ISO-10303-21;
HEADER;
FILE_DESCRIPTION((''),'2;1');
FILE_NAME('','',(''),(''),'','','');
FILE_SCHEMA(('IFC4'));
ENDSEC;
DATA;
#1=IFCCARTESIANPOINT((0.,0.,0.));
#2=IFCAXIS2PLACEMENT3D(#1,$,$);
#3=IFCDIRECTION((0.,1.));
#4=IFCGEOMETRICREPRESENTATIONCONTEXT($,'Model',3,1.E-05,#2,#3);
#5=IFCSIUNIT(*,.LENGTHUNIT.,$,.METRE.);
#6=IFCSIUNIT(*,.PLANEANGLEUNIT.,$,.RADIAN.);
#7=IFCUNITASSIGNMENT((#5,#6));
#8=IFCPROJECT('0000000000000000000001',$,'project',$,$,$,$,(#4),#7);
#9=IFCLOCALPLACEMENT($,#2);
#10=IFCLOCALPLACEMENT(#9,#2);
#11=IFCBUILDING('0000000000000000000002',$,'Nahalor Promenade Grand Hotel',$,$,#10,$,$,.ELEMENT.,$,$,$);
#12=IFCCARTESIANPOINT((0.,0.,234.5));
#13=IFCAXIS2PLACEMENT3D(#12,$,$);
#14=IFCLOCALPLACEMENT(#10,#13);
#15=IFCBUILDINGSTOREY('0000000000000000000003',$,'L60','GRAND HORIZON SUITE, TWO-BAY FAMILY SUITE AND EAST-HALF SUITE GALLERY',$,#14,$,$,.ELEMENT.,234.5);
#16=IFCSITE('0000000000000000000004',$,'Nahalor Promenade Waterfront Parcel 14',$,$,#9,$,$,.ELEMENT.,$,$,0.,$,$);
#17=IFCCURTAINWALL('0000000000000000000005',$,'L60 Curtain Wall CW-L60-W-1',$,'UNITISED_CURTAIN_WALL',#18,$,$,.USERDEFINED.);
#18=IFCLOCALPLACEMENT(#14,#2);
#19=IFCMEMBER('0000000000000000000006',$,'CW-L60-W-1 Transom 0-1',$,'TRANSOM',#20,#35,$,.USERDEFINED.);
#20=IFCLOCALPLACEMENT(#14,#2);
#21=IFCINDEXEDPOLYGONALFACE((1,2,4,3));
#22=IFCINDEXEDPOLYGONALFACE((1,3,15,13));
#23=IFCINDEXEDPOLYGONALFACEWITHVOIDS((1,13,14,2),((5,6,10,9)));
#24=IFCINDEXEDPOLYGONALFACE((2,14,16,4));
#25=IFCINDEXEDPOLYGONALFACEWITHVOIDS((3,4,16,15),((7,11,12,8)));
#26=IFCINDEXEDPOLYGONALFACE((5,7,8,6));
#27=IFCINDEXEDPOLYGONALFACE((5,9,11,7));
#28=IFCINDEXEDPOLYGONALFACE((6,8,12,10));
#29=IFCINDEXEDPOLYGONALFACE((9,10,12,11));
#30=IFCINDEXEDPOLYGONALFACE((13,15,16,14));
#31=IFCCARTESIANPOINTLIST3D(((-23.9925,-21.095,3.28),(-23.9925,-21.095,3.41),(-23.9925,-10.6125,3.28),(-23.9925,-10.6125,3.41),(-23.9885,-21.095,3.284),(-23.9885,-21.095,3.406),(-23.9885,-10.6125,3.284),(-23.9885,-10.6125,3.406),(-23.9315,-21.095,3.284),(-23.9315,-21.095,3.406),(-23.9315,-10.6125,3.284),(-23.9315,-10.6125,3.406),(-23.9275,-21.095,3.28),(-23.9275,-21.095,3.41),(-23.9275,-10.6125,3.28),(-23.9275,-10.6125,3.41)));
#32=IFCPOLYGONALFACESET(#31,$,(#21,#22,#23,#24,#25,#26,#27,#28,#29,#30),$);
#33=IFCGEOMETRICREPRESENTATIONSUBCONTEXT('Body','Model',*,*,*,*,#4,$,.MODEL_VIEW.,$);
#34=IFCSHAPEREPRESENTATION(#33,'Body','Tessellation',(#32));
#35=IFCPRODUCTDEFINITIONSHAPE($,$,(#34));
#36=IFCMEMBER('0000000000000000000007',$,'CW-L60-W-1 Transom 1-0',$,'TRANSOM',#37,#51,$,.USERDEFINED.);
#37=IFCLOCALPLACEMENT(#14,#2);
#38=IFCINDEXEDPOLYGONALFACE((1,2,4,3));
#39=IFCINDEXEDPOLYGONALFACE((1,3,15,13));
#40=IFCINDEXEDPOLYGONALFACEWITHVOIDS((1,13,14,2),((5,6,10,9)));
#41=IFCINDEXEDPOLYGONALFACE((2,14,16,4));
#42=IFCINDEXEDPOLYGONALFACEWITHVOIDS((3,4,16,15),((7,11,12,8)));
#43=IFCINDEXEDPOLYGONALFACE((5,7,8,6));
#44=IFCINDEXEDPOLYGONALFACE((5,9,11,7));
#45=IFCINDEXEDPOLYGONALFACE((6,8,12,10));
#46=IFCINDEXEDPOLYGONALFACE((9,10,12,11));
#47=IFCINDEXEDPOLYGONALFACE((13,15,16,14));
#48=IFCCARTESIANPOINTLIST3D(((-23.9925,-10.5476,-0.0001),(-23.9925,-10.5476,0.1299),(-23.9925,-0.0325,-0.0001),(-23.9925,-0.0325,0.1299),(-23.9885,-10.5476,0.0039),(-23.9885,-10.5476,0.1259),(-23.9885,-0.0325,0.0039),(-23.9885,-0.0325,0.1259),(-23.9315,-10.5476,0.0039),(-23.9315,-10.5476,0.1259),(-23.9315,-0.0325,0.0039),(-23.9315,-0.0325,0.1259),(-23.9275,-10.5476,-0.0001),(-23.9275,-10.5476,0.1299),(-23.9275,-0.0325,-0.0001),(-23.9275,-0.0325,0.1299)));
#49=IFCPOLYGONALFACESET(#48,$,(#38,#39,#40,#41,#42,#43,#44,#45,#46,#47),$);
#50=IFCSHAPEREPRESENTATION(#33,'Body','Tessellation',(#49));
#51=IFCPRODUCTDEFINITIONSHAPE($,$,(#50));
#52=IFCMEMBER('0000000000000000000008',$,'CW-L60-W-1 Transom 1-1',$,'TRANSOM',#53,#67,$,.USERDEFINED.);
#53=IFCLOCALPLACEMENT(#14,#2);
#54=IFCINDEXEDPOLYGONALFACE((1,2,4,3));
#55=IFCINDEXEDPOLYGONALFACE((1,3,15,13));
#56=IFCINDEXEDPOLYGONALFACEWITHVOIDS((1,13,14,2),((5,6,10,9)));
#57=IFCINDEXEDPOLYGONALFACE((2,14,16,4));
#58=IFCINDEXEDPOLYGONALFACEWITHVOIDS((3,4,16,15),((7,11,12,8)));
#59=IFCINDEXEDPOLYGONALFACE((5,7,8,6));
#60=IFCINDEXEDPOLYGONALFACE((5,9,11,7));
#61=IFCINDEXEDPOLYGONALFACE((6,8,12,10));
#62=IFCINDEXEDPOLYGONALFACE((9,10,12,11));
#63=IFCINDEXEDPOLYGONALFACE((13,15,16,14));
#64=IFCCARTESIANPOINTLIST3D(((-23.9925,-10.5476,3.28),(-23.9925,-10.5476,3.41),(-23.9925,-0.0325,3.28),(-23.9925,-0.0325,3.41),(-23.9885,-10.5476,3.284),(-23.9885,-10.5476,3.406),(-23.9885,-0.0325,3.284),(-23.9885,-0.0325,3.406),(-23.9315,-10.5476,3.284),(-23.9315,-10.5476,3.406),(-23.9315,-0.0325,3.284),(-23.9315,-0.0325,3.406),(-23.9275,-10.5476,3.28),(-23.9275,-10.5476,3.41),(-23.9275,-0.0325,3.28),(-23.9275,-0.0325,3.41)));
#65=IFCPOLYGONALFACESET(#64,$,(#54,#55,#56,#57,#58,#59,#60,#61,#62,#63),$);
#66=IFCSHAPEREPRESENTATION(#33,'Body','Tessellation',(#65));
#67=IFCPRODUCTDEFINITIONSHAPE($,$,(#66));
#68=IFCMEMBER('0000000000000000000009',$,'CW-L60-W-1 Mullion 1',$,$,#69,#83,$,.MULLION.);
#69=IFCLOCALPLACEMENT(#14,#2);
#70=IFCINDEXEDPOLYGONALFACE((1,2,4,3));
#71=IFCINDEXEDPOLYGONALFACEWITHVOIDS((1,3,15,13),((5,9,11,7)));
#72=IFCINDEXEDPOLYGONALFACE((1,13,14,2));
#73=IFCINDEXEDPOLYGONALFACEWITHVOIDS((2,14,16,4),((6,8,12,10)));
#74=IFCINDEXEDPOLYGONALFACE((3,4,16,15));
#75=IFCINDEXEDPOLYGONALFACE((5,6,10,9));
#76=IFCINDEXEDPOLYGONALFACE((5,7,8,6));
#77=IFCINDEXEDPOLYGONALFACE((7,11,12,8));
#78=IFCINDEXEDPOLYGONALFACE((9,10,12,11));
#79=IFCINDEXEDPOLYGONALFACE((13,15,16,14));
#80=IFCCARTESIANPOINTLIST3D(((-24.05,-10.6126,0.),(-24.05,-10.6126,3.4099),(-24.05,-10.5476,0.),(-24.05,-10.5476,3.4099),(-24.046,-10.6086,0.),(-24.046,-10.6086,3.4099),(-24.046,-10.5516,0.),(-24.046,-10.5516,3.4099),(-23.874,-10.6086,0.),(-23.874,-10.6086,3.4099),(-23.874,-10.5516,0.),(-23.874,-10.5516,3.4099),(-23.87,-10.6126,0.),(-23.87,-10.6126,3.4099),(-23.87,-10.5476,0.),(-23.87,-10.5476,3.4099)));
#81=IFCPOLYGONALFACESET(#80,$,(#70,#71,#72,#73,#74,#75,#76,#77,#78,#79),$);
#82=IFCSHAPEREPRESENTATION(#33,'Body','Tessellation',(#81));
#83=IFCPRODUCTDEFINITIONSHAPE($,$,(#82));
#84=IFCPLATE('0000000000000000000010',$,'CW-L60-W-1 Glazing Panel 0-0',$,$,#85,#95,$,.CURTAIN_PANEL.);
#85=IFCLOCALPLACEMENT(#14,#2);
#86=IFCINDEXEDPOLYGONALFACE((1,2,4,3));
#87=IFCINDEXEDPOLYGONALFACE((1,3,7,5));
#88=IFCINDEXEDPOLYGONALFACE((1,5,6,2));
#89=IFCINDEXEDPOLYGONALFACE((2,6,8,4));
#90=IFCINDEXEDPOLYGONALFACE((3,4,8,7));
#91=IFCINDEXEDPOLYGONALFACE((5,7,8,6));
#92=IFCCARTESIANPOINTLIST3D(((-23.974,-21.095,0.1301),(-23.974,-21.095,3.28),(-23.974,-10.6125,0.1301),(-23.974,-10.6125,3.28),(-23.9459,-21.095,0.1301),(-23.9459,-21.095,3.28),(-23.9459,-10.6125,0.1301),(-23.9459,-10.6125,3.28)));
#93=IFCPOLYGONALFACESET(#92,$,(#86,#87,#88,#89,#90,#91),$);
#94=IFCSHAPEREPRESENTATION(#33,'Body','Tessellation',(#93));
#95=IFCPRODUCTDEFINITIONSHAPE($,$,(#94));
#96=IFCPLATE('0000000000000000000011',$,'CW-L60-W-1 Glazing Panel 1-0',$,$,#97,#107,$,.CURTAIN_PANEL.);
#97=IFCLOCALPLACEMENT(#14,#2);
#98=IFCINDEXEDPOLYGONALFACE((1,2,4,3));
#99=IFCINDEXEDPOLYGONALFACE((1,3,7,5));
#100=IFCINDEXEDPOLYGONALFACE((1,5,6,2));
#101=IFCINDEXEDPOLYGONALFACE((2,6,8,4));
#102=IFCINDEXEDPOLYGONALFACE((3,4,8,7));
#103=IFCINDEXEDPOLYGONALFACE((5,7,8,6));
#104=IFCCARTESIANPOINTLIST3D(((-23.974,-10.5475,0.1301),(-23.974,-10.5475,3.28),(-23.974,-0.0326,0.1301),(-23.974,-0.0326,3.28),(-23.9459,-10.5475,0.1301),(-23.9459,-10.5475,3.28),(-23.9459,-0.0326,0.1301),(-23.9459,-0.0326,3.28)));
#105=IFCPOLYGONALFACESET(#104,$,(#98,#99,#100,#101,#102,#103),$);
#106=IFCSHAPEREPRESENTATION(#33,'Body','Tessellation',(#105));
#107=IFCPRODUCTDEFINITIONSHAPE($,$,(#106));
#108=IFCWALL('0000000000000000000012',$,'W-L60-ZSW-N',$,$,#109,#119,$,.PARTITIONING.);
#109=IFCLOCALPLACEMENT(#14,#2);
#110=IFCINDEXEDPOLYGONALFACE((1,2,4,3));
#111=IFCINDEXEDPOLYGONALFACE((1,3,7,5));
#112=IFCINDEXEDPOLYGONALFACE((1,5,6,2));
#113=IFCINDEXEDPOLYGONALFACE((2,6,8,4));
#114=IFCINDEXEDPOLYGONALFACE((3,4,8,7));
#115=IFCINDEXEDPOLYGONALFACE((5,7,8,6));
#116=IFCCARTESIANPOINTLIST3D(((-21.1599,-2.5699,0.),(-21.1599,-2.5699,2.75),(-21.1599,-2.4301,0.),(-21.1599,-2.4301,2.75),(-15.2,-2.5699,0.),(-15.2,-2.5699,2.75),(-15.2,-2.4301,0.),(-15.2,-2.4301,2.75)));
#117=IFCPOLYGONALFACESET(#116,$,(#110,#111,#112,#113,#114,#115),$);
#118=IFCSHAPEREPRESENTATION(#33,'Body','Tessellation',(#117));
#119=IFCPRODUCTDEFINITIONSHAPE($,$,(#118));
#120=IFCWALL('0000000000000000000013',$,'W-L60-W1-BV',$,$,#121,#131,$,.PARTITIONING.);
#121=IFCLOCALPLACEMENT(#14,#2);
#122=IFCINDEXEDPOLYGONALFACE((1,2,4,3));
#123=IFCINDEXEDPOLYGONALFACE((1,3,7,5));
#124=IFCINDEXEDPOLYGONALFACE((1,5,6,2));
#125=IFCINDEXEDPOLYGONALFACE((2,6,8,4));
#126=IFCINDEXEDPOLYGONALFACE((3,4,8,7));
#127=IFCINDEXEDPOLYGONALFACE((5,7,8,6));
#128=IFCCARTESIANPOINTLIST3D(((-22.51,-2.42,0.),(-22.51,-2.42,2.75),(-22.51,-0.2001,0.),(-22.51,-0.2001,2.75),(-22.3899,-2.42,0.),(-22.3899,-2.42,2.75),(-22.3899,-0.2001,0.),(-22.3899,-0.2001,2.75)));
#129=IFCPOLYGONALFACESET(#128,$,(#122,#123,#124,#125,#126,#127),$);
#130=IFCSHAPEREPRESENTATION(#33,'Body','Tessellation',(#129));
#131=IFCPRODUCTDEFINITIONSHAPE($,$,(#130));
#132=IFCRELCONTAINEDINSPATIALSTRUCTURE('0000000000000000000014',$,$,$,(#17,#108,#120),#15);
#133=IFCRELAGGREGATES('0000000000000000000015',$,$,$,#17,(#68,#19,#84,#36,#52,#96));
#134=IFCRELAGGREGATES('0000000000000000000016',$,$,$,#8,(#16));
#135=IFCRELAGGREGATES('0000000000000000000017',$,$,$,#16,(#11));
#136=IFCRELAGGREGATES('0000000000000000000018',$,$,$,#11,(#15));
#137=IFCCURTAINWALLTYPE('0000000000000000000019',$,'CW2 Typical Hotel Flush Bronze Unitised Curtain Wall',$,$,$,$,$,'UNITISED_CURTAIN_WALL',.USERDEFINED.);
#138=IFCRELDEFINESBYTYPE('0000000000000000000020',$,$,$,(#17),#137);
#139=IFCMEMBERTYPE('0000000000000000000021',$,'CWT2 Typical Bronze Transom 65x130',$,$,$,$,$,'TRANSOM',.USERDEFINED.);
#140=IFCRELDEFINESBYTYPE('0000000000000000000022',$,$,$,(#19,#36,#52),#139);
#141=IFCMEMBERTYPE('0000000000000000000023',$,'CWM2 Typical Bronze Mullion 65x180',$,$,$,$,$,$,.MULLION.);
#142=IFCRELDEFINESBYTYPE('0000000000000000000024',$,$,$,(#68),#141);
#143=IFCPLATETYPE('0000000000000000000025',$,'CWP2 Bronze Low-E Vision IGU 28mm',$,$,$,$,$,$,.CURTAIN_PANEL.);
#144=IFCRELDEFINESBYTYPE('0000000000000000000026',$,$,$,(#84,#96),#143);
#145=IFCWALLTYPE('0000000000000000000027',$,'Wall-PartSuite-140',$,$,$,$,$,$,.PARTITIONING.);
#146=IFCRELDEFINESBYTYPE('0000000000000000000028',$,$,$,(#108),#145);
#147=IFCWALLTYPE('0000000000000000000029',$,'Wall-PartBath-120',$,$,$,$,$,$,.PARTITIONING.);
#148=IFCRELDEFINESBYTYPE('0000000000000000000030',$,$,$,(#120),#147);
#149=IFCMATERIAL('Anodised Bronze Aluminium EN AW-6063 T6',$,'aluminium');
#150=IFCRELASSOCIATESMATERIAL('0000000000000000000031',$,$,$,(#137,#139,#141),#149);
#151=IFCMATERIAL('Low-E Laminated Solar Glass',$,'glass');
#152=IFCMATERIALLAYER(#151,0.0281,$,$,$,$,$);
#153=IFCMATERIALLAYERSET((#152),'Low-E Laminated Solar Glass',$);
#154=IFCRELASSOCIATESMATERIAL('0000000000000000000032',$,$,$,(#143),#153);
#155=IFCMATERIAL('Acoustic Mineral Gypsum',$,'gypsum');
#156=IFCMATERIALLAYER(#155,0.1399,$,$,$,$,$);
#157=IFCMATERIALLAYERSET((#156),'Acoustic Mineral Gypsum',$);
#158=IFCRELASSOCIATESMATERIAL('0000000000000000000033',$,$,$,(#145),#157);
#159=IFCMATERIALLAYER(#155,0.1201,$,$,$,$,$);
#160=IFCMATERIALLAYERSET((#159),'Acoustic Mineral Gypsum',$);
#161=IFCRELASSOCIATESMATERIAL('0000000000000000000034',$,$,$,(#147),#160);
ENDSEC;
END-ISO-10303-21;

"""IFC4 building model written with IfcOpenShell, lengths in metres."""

from ifc_helpers import new_model, si_unit, direction, frame, frame_2d, origin, origin_2d, place, context, subcontext, project, spatial, rectangle, hollow_rectangle, extrude, source, transform, mapped, material, layer, layer_set, material_profile, profile_set, type_object, element, aggregate, save


model = new_model("IFC4")

# Units and contexts
model_context = context("Model", 3, precision=1e-05, world=origin(), true_north=direction((0.0, 1.0)))
body_context = subcontext(model_context, "Body", "Model", "MODEL_VIEW")
ifc_project = project(units=[si_unit("LENGTHUNIT", "METRE"), si_unit("PLANEANGLEUNIT", "RADIAN")], contexts=[model_context])

# Site, building, storey
site_placement = place(None, origin())
site = spatial("IfcSite", under=ifc_project, at=site_placement, Name="Nahalor Promenade Waterfront Parcel 14", CompositionType="ELEMENT", RefElevation=0.0)
building_placement = place(site_placement, origin())
building = spatial("IfcBuilding", under=site, at=building_placement, Name="Nahalor Promenade Grand Hotel", CompositionType="ELEMENT")
storey_placement = place(building_placement, frame((0.0, 0.0, 234.5)))
storey = spatial("IfcBuildingStorey", under=building, at=storey_placement, Name="L60", Description="GRAND HORIZON SUITE, TWO-BAY FAMILY SUITE AND EAST-HALF SUITE GALLERY", CompositionType="ELEMENT", Elevation=234.5)

# Curtain wall, members, plates
ifc_material_1 = material(Name="Anodised Bronze Aluminium EN AW-6063 T6", Category="aluminium")
curtain_wall_type = type_object("IfcCurtainWallType", Name="CW2 Typical Hotel Flush Bronze Unitised Curtain Wall", ElementType="UNITISED_CURTAIN_WALL", PredefinedType="USERDEFINED", material=ifc_material_1)
curtain_wall_placement = place(storey_placement, origin())
curtain_wall = element("IfcCurtainWall", 1, at=curtain_wall_placement, inside=storey, type_object=curtain_wall_type, Name="L60 Curtain Wall CW-L60-W-1", ObjectType="UNITISED_CURTAIN_WALL", PredefinedType="USERDEFINED")
ifc_material_profile_1 = material_profile(ifc_material_1, hollow_rectangle(XDim=0.065, YDim=0.13, WallThickness=0.004, at=origin_2d()), Name="CWT 65x130x4")
ifc_profile_set_1 = profile_set([ifc_material_profile_1], Name="Anodised Bronze Aluminium EN AW-6063 T6")
member_type_1 = type_object("IfcMemberType", Name="CWT2 Typical Bronze Transom 65x130", ElementType="TRANSOM", PredefinedType="USERDEFINED", material=ifc_profile_set_1)
shared_shape_1 = source(origin(), body_context, "Body", "SweptSolid", [
    extrude(hollow_rectangle(XDim=0.065, YDim=0.13, WallThickness=0.004, at=origin_2d()), origin(), (0.0, 0.0, 1.0), 10.4824),
])
member_1_placement = place(storey_placement, frame((-23.96, -21.095, 3.345), z_axis=(0.0, 1.0, 0.0), x_axis=(-1.0, 0.0, 0.0)))
member_1 = element("IfcMember", 2, at=member_1_placement, type_object=member_type_1, Name="CW-L60-W-1 Transom 0-1", ObjectType="TRANSOM", PredefinedType="USERDEFINED", context=body_context, shape_type="MappedRepresentation", body=[
    mapped(shared_shape_1, transform((0.0, 0.0, 0.0), scale=1.0)),
])
shared_shape_2 = source(origin(), body_context, "Body", "SweptSolid", [
    extrude(hollow_rectangle(XDim=0.065, YDim=0.13, WallThickness=0.004, at=origin_2d()), origin(), (0.0, 0.0, 1.0), 10.5151),
])
member_2_placement = place(storey_placement, frame((-23.96, -10.5476, 0.0649), z_axis=(0.0, 1.0, 0.0), x_axis=(-1.0, 0.0, 0.0)))
member_2 = element("IfcMember", 3, at=member_2_placement, type_object=member_type_1, Name="CW-L60-W-1 Transom 1-0", ObjectType="TRANSOM", PredefinedType="USERDEFINED", context=body_context, shape_type="MappedRepresentation", body=[
    mapped(shared_shape_2, transform((0.0, 0.0, 0.0), scale=1.0)),
])
member_3_placement = place(storey_placement, frame((-23.96, -10.5476, 3.345), z_axis=(0.0, 1.0, 0.0), x_axis=(-1.0, 0.0, 0.0)))
member_3 = element("IfcMember", 4, at=member_3_placement, type_object=member_type_1, Name="CW-L60-W-1 Transom 1-1", ObjectType="TRANSOM", PredefinedType="USERDEFINED", context=body_context, shape_type="MappedRepresentation", body=[
    mapped(shared_shape_2, transform((0.0, 0.0, 0.0), scale=1.0)),
])
ifc_material_profile_2 = material_profile(ifc_material_1, hollow_rectangle(XDim=0.065, YDim=0.18, WallThickness=0.004, at=origin_2d()), Name="CWM 65x180x4")
ifc_profile_set_2 = profile_set([ifc_material_profile_2], Name="Anodised Bronze Aluminium EN AW-6063 T6")
member_type_2 = type_object("IfcMemberType", Name="CWM2 Typical Bronze Mullion 65x180", PredefinedType="MULLION", material=ifc_profile_set_2)
shared_shape_3 = source(origin(), body_context, "Body", "SweptSolid", [
    extrude(hollow_rectangle(XDim=0.065, YDim=0.18, WallThickness=0.004, at=origin_2d()), origin(), (0.0, 0.0, 1.0), 3.4099),
])
member_4_placement = place(storey_placement, frame((-23.96, -10.5801, 0.0), z_axis=(0.0, 0.0, 1.0), x_axis=(0.0, 1.0, 0.0)))
member_4 = element("IfcMember", 5, at=member_4_placement, type_object=member_type_2, Name="CW-L60-W-1 Mullion 1", PredefinedType="MULLION", context=body_context, shape_type="MappedRepresentation", body=[
    mapped(shared_shape_3, transform((0.0, 0.0, 0.0), scale=1.0)),
])
ifc_material_2 = material(Name="Low-E Laminated Solar Glass", Category="glass")
ifc_layer_1 = layer(ifc_material_2, 0.0281)
ifc_layer_set_1 = layer_set([ifc_layer_1], Name="Low-E Laminated Solar Glass")
plate_type = type_object("IfcPlateType", Name="CWP2 Bronze Low-E Vision IGU 28mm", PredefinedType="CURTAIN_PANEL", material=ifc_layer_set_1)
shared_shape_4 = source(origin(), body_context, "Body", "SweptSolid", [
    extrude(rectangle(XDim=10.4824, YDim=0.0281, at=origin_2d()), origin(), (0.0, 0.0, 1.0), 3.1499),
])
plate_1_placement = place(storey_placement, frame((-23.96, -15.8538, 0.1301), z_axis=(0.0, 0.0, 1.0), x_axis=(0.0, 1.0, 0.0)))
plate_1 = element("IfcPlate", 6, at=plate_1_placement, type_object=plate_type, Name="CW-L60-W-1 Glazing Panel 0-0", PredefinedType="CURTAIN_PANEL", context=body_context, shape_type="MappedRepresentation", body=[
    mapped(shared_shape_4, transform((0.0, 0.0, 0.0), scale=1.0)),
])
shared_shape_5 = source(origin(), body_context, "Body", "SweptSolid", [
    extrude(rectangle(XDim=10.5149, YDim=0.0281, at=origin_2d()), origin(), (0.0, 0.0, 1.0), 3.1499),
])
plate_2_placement = place(storey_placement, frame((-23.96, -5.29, 0.1301), z_axis=(0.0, 0.0, 1.0), x_axis=(0.0, 1.0, 0.0)))
plate_2 = element("IfcPlate", 7, at=plate_2_placement, type_object=plate_type, Name="CW-L60-W-1 Glazing Panel 1-0", PredefinedType="CURTAIN_PANEL", context=body_context, shape_type="MappedRepresentation", body=[
    mapped(shared_shape_5, transform((0.0, 0.0, 0.0), scale=1.0)),
])
aggregate(curtain_wall, [member_4, member_1, plate_1, member_2, member_3, plate_2])

# Walls
ifc_material_3 = material(Name="Acoustic Mineral Gypsum", Category="gypsum")
ifc_layer_2 = layer(ifc_material_3, 0.1399)
ifc_layer_set_2 = layer_set([ifc_layer_2], Name="Acoustic Mineral Gypsum")
wall_type_1 = type_object("IfcWallType", Name="Wall-PartSuite-140", PredefinedType="PARTITIONING", material=ifc_layer_set_2)
shared_shape_6 = source(origin(), body_context, "Body", "SweptSolid", [
    extrude(rectangle(XDim=5.96, YDim=0.1399, at=frame_2d((2.98, 0.0))), origin(), (0.0, 0.0, 1.0), 2.75),
])
wall_1_placement = place(storey_placement, frame((-21.1599, -2.5, 0.0), z_axis=(0.0, 0.0, 1.0), x_axis=(1.0, 0.0, 0.0)))
element("IfcWall", 8, at=wall_1_placement, inside=storey, type_object=wall_type_1, Name="W-L60-ZSW-N", PredefinedType="PARTITIONING", context=body_context, shape_type="MappedRepresentation", body=[
    mapped(shared_shape_6, transform((0.0, 0.0, 0.0), scale=1.0)),
])
ifc_layer_3 = layer(ifc_material_3, 0.1201)
ifc_layer_set_3 = layer_set([ifc_layer_3], Name="Acoustic Mineral Gypsum")
wall_type_2 = type_object("IfcWallType", Name="Wall-PartBath-120", PredefinedType="PARTITIONING", material=ifc_layer_set_3)
shared_shape_7 = source(origin(), body_context, "Body", "SweptSolid", [
    extrude(rectangle(XDim=2.22, YDim=0.1201, at=frame_2d((1.1099, 0.0))), origin(), (0.0, 0.0, 1.0), 2.75),
])
wall_2_placement = place(storey_placement, frame((-22.45, -2.4199, 0.0), z_axis=(0.0, 0.0, 1.0), x_axis=(0.0, 1.0, 0.0)))
element("IfcWall", 9, at=wall_2_placement, inside=storey, type_object=wall_type_2, Name="W-L60-W1-BV", PredefinedType="PARTITIONING", context=body_context, shape_type="MappedRepresentation", body=[
    mapped(shared_shape_7, transform((0.0, 0.0, 0.0), scale=1.0)),
])

save(model, "model.ifc")
